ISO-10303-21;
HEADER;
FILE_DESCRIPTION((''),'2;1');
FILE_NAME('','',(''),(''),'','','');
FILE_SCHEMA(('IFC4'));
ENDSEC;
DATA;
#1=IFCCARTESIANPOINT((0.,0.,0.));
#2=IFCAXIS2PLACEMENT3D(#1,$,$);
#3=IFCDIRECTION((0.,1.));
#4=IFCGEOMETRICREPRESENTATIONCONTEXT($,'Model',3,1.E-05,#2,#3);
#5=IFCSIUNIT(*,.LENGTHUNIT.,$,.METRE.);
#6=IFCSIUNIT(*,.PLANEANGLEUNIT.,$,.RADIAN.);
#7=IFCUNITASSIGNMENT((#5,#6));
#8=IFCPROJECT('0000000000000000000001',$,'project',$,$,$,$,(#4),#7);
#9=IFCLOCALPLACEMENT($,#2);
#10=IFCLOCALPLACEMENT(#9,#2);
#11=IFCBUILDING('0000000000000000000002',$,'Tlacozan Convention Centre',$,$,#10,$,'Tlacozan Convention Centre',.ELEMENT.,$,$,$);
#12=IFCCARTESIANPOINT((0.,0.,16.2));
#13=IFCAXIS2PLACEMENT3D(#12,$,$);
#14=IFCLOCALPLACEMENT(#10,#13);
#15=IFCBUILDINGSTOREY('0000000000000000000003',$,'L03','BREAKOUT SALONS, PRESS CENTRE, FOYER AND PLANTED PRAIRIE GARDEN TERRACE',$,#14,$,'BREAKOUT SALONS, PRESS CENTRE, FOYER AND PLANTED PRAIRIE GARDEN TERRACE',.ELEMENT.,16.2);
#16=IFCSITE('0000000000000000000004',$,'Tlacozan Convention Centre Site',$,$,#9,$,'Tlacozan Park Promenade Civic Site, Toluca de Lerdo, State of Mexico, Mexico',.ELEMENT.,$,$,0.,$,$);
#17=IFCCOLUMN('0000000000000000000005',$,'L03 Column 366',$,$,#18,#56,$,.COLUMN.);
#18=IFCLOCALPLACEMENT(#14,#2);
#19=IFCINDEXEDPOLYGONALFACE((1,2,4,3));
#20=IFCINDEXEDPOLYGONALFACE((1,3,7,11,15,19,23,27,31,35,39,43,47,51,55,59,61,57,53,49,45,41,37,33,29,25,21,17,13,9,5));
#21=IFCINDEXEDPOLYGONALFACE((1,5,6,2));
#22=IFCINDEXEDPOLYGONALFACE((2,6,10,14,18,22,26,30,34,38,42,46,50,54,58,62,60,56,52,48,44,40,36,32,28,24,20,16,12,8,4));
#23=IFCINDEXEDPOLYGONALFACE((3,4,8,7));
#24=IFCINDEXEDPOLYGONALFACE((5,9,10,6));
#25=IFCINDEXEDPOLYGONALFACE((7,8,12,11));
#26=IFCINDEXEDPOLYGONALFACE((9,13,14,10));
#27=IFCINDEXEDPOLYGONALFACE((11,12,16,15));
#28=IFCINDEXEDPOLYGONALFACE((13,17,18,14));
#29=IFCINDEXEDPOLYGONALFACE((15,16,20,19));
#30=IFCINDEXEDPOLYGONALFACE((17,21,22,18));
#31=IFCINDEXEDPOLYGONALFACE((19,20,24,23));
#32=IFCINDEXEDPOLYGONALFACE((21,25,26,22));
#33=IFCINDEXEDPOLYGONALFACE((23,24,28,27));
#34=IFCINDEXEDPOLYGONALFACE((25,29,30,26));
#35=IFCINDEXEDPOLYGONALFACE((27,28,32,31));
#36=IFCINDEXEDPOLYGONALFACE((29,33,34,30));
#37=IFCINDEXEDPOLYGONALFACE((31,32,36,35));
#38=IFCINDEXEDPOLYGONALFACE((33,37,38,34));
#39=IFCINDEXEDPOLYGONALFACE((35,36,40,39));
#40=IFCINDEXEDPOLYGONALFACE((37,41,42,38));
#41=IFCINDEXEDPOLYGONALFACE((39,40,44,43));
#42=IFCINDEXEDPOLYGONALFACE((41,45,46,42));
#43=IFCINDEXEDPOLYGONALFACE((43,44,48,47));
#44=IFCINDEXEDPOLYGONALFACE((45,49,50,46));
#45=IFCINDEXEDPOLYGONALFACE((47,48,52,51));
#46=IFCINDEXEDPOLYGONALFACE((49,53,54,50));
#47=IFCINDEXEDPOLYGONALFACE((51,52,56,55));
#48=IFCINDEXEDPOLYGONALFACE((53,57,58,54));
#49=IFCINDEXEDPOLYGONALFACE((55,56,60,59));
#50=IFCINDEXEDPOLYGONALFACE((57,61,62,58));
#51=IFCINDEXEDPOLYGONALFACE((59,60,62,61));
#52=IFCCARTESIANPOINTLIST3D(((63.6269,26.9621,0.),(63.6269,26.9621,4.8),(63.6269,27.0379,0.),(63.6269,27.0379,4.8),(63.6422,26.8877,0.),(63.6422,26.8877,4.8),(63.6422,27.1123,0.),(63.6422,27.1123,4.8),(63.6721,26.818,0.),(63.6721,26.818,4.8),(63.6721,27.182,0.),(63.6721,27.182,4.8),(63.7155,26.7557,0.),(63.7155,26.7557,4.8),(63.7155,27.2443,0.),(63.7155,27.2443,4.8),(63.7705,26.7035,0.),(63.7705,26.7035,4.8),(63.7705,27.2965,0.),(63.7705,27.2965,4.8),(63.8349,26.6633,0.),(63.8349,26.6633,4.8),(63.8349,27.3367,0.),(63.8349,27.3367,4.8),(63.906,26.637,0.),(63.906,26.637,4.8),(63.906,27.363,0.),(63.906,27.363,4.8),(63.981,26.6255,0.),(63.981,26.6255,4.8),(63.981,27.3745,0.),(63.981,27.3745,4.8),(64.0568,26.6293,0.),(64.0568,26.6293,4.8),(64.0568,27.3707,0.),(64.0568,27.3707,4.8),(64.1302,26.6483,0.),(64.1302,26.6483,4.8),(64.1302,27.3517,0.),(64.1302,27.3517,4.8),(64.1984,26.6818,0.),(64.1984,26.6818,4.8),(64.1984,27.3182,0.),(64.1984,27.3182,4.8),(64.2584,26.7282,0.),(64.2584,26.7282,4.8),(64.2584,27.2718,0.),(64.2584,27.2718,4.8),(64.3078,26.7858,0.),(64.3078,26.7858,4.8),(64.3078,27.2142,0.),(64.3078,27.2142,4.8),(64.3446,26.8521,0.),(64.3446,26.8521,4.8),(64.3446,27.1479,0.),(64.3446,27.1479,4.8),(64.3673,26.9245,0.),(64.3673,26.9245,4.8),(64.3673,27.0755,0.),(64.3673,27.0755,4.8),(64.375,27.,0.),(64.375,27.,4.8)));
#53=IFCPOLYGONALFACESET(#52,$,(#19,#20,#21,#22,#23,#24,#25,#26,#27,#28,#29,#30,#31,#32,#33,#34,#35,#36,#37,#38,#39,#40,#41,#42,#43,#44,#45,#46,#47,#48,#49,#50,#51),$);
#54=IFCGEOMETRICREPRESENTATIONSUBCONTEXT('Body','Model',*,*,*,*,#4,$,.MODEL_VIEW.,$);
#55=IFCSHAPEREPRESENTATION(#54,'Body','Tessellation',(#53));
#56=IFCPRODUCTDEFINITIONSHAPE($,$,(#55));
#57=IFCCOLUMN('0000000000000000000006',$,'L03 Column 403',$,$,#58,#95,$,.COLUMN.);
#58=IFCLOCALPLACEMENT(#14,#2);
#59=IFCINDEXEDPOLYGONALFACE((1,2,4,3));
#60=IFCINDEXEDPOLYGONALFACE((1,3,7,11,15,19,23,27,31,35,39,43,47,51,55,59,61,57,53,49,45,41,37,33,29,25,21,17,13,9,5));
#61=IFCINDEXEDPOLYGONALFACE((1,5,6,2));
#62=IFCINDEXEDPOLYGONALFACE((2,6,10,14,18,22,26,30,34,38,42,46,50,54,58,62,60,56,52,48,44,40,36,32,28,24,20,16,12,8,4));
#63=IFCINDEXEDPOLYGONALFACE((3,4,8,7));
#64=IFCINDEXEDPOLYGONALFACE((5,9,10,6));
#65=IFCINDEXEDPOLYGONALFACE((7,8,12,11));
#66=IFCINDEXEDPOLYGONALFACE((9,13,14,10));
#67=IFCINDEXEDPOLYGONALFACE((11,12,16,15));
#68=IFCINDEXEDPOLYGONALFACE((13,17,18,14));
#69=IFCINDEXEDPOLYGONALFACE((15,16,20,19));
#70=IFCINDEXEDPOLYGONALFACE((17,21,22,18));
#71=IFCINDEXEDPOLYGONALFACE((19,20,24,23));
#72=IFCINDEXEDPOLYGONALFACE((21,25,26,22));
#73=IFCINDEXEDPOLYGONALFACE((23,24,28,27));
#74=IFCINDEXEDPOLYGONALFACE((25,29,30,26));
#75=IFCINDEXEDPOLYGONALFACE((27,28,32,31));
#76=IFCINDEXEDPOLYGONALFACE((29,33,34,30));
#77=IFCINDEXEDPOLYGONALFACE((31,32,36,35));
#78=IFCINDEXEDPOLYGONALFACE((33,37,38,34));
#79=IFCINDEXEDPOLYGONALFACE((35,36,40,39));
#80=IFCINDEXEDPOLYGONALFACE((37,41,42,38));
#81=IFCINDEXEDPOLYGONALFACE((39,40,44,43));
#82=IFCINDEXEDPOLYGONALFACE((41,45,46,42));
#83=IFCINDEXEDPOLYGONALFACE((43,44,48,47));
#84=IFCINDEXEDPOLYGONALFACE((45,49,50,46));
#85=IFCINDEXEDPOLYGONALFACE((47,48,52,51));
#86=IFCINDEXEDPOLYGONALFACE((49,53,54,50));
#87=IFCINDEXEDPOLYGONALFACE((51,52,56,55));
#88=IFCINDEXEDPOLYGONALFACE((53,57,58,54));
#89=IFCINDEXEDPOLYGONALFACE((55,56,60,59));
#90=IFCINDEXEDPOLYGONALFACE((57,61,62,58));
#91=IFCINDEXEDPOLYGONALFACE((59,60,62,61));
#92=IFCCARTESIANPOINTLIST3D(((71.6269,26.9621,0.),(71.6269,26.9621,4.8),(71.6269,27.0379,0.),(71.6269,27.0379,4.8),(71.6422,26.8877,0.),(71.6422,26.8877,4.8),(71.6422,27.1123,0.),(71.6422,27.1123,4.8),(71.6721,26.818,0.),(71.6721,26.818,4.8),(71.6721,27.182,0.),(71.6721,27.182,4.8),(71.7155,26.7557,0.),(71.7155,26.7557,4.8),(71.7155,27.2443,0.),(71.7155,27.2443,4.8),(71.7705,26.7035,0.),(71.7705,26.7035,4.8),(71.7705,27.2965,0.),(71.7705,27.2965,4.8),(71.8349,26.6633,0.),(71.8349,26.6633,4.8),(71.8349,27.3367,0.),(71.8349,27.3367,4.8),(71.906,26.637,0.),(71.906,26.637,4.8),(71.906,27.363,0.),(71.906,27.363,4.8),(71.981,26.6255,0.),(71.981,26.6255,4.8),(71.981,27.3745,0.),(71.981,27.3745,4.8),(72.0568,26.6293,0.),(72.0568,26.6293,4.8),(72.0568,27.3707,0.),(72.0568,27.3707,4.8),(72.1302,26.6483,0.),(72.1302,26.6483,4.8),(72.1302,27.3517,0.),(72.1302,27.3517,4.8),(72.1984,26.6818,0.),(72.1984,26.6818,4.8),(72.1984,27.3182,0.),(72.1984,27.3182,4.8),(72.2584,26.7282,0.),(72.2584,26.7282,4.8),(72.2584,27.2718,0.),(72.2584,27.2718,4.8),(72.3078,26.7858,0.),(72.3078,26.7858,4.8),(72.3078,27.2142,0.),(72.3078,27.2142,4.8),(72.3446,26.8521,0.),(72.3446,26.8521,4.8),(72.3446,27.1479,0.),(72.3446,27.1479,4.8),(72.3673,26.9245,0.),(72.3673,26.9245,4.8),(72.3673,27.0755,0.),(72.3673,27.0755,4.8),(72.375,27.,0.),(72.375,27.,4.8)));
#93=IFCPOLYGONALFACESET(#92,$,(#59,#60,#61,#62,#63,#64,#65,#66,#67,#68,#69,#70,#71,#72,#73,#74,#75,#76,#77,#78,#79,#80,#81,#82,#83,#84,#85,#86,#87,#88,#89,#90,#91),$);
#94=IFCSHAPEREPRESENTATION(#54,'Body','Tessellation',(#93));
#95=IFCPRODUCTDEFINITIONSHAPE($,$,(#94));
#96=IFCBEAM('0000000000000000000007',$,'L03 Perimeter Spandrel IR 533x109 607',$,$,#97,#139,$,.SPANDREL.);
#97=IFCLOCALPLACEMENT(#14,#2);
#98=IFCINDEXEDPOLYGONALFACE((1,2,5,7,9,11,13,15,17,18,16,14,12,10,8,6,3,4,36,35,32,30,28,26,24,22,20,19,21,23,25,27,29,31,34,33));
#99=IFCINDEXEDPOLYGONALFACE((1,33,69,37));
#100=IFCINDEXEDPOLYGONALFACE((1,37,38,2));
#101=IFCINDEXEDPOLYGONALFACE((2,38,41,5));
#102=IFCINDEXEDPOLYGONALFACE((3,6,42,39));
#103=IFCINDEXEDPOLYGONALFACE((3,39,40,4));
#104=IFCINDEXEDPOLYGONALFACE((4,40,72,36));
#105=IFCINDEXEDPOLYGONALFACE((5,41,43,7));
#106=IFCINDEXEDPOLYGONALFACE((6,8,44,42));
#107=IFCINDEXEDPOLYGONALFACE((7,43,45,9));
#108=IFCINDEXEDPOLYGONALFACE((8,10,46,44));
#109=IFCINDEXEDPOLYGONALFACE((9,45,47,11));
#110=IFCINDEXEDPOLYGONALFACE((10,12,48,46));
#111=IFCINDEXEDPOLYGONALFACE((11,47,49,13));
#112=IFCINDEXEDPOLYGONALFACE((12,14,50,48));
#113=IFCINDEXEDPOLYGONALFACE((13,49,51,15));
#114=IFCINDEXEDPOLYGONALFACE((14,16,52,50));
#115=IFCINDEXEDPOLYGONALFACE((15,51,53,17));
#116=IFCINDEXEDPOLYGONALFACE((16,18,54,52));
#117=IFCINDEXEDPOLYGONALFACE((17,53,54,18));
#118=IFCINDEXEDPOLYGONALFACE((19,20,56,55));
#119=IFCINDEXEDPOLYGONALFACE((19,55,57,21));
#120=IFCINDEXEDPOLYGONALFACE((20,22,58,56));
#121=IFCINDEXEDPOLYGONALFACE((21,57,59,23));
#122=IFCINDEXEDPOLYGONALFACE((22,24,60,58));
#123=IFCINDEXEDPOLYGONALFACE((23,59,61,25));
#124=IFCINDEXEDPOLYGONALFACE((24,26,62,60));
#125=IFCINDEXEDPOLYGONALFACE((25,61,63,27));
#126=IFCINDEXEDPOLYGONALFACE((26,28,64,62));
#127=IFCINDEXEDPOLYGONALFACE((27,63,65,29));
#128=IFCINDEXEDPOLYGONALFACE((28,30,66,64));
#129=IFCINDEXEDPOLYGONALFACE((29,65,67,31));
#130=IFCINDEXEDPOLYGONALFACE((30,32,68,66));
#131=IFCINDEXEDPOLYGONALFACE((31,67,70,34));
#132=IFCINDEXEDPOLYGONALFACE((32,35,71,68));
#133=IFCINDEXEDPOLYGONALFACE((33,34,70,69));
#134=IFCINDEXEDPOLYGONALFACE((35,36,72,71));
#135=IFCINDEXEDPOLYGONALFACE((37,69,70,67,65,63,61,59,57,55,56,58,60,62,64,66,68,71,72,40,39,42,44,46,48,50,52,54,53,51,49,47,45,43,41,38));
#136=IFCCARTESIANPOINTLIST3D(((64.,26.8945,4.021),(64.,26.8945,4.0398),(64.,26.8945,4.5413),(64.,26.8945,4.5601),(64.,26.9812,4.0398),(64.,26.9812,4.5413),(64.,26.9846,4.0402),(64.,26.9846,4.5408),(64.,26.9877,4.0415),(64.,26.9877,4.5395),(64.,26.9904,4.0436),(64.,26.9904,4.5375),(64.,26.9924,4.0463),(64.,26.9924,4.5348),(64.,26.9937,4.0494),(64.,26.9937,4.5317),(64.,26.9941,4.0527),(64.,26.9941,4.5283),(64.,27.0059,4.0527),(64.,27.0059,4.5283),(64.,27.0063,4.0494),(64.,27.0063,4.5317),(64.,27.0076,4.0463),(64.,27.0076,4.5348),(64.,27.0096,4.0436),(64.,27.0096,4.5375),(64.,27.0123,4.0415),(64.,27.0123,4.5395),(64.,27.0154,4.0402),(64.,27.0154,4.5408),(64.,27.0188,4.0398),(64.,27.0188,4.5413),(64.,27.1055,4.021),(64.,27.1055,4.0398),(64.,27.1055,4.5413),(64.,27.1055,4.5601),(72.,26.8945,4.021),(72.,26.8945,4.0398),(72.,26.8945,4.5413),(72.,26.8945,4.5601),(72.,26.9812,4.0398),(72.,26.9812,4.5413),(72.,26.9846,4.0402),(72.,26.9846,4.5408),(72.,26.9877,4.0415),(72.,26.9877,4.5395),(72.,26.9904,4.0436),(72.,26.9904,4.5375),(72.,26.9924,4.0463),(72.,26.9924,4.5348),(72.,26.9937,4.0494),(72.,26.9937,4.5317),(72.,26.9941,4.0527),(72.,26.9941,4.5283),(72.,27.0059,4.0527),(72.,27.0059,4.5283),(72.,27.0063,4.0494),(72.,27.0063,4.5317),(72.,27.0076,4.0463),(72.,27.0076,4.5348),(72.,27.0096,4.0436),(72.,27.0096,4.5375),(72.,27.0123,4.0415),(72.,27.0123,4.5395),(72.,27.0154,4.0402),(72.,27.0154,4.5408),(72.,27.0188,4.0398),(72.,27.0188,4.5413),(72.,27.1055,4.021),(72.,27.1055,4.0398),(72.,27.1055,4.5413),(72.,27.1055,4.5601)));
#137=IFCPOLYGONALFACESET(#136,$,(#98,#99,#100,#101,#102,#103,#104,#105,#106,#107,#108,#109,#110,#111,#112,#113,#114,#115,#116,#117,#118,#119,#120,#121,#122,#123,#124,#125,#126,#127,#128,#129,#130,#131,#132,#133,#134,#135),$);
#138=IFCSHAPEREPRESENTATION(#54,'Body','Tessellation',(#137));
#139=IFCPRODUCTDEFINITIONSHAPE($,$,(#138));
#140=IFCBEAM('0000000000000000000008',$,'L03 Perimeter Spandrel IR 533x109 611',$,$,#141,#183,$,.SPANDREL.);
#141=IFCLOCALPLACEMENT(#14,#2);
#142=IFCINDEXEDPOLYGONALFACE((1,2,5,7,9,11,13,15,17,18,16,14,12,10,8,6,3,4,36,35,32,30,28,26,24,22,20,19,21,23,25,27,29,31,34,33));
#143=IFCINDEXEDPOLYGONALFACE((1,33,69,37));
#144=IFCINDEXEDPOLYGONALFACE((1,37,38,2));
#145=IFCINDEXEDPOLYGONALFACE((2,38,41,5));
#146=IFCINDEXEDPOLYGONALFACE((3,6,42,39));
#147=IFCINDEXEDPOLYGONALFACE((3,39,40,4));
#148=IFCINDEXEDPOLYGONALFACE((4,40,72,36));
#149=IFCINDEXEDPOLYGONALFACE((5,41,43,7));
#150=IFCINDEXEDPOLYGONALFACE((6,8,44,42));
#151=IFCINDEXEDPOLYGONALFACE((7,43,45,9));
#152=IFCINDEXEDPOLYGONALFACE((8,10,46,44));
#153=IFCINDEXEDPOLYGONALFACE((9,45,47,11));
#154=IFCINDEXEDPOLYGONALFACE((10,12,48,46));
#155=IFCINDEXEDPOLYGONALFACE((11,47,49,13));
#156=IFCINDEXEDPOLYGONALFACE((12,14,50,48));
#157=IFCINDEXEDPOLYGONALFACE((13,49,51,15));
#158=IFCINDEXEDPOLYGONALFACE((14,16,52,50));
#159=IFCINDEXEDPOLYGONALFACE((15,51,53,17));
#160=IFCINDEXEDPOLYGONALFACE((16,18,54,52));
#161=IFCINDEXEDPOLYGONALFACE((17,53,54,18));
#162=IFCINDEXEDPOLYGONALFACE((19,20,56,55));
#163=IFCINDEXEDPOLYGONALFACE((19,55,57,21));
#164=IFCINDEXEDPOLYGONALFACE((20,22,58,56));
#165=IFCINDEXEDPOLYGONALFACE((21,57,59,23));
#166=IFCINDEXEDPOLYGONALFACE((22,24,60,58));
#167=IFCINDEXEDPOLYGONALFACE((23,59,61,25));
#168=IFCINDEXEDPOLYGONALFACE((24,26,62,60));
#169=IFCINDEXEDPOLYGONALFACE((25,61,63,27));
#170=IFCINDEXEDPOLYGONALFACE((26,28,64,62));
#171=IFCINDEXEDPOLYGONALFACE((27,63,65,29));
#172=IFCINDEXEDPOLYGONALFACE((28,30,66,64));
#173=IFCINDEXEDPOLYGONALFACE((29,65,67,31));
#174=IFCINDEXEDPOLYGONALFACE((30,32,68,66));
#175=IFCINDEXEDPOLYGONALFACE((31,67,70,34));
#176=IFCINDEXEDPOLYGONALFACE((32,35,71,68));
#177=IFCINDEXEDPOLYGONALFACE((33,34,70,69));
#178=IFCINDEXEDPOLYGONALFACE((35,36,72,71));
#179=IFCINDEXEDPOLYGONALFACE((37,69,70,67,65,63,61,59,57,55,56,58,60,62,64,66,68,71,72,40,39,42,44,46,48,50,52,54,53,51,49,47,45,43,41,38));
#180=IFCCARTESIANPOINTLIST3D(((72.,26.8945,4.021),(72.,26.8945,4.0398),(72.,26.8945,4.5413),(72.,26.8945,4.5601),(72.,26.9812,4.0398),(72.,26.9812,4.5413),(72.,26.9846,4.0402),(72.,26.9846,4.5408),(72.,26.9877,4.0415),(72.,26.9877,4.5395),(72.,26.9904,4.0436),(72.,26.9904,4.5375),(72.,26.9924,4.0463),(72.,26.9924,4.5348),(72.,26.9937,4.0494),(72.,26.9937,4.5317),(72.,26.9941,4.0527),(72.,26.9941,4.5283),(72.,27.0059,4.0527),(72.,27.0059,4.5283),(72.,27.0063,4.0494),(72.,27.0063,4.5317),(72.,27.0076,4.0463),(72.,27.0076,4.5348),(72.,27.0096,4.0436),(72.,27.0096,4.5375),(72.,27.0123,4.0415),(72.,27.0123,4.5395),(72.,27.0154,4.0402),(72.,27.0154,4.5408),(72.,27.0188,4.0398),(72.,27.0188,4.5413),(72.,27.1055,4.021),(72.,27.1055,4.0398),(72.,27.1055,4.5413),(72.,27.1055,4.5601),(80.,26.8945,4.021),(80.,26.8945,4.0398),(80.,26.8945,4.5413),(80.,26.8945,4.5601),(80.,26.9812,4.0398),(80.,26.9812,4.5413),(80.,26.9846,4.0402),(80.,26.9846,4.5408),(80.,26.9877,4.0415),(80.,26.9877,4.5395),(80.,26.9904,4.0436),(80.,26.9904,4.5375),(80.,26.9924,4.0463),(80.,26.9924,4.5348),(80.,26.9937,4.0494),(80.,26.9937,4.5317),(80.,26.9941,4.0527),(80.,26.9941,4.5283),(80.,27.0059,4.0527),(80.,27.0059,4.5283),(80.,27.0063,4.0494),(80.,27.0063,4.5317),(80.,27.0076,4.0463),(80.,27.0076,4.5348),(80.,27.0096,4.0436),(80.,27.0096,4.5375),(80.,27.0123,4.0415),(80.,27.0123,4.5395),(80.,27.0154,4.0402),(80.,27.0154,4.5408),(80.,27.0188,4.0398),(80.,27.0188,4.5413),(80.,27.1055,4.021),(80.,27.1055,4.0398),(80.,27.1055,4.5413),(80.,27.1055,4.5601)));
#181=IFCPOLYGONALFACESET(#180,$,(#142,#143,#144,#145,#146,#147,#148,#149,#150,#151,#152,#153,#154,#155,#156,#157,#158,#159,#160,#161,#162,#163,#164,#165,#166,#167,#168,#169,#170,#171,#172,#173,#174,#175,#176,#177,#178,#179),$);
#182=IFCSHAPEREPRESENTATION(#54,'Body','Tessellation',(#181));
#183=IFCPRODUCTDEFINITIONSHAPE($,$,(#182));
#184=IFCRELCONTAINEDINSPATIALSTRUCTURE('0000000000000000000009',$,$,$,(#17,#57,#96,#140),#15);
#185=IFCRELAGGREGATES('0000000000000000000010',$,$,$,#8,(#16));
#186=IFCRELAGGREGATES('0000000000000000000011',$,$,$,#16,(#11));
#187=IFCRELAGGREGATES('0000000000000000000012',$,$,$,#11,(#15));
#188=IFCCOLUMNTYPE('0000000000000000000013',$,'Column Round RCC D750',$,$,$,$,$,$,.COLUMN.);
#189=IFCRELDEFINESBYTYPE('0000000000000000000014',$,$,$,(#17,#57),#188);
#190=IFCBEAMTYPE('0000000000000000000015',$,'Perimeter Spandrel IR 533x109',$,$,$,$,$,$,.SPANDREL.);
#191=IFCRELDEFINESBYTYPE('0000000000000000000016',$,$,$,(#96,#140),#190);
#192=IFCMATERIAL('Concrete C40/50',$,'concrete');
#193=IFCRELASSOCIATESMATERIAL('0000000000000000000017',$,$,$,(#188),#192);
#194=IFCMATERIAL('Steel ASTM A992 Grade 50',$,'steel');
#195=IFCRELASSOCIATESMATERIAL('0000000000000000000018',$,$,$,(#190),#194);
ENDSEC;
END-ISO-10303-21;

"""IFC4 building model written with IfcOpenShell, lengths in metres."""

from ifc_helpers import new_model, si_unit, direction, frame, origin, origin_2d, place, context, subcontext, project, spatial, circle, i_section, extrude, material, material_profile, profile_set, type_object, element, save


model = new_model("IFC4")

# Units and contexts
model_context = context("Model", 3, precision=1e-05, world=origin(), true_north=direction((0.0, 1.0)))
body_context = subcontext(model_context, "Body", "Model", "MODEL_VIEW")
ifc_project = project(units=[si_unit("LENGTHUNIT", "METRE"), si_unit("PLANEANGLEUNIT", "RADIAN")], contexts=[model_context])

# Site, building, storey
site_placement = place(None, origin())
site = spatial("IfcSite", under=ifc_project, at=site_placement, Name="Tlacozan Convention Centre Site", LongName="Tlacozan Park Promenade Civic Site, Toluca de Lerdo, State of Mexico, Mexico", CompositionType="ELEMENT", RefElevation=0.0)
building_placement = place(site_placement, origin())
building = spatial("IfcBuilding", under=site, at=building_placement, Name="Tlacozan Convention Centre", LongName="Tlacozan Convention Centre", CompositionType="ELEMENT")
storey_placement = place(building_placement, frame((0.0, 0.0, 16.2)))
storey = spatial("IfcBuildingStorey", under=building, at=storey_placement, Name="L03", Description="BREAKOUT SALONS, PRESS CENTRE, FOYER AND PLANTED PRAIRIE GARDEN TERRACE", LongName="BREAKOUT SALONS, PRESS CENTRE, FOYER AND PLANTED PRAIRIE GARDEN TERRACE", CompositionType="ELEMENT", Elevation=16.2)

# Columns
ifc_material_1 = material(Name="Concrete C40/50", Category="concrete")
ifc_material_profile_1 = material_profile(ifc_material_1, circle(Radius=0.375, at=origin_2d()), Name="RCC D750")
ifc_profile_set_1 = profile_set([ifc_material_profile_1], Name="Concrete C40/50")
column_type = type_object("IfcColumnType", Name="Column Round RCC D750", PredefinedType="COLUMN", material=ifc_profile_set_1)
for number, where, z_axis, x_axis, name in (
    (1, (64.0, 27.0, 0.0), (0.0, 0.0, 1.0), (1.0, 0.0, 0.0), "L03 Column 366"),
    (2, (72.0, 27.0, 0.0), (0.0, 0.0, 1.0), (1.0, 0.0, 0.0), "L03 Column 403"),
):
    element("IfcColumn", number, at=place(storey_placement, frame(where, z_axis=z_axis, x_axis=x_axis)), inside=storey, type_object=column_type, Name=name, PredefinedType="COLUMN", context=body_context, shape_type="SweptSolid", body=[
        extrude(circle(Radius=0.375, at=origin_2d()), origin(), (0.0, 0.0, 1.0), 4.8),
    ])

# Beams
ifc_material_2 = material(Name="Steel ASTM A992 Grade 50", Category="steel")
ifc_material_profile_2 = material_profile(ifc_material_2, i_section(OverallWidth=0.2109, OverallDepth=0.5391, WebThickness=0.0117, FlangeThickness=0.0188, FilletRadius=0.0129, at=origin_2d()), Name="IR 533x109.0")
ifc_profile_set_2 = profile_set([ifc_material_profile_2], Name="Steel ASTM A992 Grade 50")
beam_type_1 = type_object("IfcBeamType", Name="Perimeter Spandrel IR 533x109", PredefinedType="SPANDREL", material=ifc_profile_set_2)
for number, where, z_axis, x_axis, name in (
    (3, (64.0, 27.0, 4.2905), (1.0, 0.0, 0.0), (0.0, 1.0, 0.0), "L03 Perimeter Spandrel IR 533x109 607"),
    (4, (72.0, 27.0, 4.2905), (1.0, 0.0, 0.0), (0.0, 1.0, 0.0), "L03 Perimeter Spandrel IR 533x109 611"),
):
    element("IfcBeam", number, at=place(storey_placement, frame(where, z_axis=z_axis, x_axis=x_axis)), inside=storey, type_object=beam_type_1, Name=name, PredefinedType="SPANDREL", context=body_context, shape_type="SweptSolid", body=[
        extrude(i_section(OverallWidth=0.2109, OverallDepth=0.5391, WebThickness=0.0117, FlangeThickness=0.0188, FilletRadius=0.0129, at=origin_2d()), origin(), (0.0, 0.0, 1.0), 8.0),
    ])

save(model, "model.ifc")
